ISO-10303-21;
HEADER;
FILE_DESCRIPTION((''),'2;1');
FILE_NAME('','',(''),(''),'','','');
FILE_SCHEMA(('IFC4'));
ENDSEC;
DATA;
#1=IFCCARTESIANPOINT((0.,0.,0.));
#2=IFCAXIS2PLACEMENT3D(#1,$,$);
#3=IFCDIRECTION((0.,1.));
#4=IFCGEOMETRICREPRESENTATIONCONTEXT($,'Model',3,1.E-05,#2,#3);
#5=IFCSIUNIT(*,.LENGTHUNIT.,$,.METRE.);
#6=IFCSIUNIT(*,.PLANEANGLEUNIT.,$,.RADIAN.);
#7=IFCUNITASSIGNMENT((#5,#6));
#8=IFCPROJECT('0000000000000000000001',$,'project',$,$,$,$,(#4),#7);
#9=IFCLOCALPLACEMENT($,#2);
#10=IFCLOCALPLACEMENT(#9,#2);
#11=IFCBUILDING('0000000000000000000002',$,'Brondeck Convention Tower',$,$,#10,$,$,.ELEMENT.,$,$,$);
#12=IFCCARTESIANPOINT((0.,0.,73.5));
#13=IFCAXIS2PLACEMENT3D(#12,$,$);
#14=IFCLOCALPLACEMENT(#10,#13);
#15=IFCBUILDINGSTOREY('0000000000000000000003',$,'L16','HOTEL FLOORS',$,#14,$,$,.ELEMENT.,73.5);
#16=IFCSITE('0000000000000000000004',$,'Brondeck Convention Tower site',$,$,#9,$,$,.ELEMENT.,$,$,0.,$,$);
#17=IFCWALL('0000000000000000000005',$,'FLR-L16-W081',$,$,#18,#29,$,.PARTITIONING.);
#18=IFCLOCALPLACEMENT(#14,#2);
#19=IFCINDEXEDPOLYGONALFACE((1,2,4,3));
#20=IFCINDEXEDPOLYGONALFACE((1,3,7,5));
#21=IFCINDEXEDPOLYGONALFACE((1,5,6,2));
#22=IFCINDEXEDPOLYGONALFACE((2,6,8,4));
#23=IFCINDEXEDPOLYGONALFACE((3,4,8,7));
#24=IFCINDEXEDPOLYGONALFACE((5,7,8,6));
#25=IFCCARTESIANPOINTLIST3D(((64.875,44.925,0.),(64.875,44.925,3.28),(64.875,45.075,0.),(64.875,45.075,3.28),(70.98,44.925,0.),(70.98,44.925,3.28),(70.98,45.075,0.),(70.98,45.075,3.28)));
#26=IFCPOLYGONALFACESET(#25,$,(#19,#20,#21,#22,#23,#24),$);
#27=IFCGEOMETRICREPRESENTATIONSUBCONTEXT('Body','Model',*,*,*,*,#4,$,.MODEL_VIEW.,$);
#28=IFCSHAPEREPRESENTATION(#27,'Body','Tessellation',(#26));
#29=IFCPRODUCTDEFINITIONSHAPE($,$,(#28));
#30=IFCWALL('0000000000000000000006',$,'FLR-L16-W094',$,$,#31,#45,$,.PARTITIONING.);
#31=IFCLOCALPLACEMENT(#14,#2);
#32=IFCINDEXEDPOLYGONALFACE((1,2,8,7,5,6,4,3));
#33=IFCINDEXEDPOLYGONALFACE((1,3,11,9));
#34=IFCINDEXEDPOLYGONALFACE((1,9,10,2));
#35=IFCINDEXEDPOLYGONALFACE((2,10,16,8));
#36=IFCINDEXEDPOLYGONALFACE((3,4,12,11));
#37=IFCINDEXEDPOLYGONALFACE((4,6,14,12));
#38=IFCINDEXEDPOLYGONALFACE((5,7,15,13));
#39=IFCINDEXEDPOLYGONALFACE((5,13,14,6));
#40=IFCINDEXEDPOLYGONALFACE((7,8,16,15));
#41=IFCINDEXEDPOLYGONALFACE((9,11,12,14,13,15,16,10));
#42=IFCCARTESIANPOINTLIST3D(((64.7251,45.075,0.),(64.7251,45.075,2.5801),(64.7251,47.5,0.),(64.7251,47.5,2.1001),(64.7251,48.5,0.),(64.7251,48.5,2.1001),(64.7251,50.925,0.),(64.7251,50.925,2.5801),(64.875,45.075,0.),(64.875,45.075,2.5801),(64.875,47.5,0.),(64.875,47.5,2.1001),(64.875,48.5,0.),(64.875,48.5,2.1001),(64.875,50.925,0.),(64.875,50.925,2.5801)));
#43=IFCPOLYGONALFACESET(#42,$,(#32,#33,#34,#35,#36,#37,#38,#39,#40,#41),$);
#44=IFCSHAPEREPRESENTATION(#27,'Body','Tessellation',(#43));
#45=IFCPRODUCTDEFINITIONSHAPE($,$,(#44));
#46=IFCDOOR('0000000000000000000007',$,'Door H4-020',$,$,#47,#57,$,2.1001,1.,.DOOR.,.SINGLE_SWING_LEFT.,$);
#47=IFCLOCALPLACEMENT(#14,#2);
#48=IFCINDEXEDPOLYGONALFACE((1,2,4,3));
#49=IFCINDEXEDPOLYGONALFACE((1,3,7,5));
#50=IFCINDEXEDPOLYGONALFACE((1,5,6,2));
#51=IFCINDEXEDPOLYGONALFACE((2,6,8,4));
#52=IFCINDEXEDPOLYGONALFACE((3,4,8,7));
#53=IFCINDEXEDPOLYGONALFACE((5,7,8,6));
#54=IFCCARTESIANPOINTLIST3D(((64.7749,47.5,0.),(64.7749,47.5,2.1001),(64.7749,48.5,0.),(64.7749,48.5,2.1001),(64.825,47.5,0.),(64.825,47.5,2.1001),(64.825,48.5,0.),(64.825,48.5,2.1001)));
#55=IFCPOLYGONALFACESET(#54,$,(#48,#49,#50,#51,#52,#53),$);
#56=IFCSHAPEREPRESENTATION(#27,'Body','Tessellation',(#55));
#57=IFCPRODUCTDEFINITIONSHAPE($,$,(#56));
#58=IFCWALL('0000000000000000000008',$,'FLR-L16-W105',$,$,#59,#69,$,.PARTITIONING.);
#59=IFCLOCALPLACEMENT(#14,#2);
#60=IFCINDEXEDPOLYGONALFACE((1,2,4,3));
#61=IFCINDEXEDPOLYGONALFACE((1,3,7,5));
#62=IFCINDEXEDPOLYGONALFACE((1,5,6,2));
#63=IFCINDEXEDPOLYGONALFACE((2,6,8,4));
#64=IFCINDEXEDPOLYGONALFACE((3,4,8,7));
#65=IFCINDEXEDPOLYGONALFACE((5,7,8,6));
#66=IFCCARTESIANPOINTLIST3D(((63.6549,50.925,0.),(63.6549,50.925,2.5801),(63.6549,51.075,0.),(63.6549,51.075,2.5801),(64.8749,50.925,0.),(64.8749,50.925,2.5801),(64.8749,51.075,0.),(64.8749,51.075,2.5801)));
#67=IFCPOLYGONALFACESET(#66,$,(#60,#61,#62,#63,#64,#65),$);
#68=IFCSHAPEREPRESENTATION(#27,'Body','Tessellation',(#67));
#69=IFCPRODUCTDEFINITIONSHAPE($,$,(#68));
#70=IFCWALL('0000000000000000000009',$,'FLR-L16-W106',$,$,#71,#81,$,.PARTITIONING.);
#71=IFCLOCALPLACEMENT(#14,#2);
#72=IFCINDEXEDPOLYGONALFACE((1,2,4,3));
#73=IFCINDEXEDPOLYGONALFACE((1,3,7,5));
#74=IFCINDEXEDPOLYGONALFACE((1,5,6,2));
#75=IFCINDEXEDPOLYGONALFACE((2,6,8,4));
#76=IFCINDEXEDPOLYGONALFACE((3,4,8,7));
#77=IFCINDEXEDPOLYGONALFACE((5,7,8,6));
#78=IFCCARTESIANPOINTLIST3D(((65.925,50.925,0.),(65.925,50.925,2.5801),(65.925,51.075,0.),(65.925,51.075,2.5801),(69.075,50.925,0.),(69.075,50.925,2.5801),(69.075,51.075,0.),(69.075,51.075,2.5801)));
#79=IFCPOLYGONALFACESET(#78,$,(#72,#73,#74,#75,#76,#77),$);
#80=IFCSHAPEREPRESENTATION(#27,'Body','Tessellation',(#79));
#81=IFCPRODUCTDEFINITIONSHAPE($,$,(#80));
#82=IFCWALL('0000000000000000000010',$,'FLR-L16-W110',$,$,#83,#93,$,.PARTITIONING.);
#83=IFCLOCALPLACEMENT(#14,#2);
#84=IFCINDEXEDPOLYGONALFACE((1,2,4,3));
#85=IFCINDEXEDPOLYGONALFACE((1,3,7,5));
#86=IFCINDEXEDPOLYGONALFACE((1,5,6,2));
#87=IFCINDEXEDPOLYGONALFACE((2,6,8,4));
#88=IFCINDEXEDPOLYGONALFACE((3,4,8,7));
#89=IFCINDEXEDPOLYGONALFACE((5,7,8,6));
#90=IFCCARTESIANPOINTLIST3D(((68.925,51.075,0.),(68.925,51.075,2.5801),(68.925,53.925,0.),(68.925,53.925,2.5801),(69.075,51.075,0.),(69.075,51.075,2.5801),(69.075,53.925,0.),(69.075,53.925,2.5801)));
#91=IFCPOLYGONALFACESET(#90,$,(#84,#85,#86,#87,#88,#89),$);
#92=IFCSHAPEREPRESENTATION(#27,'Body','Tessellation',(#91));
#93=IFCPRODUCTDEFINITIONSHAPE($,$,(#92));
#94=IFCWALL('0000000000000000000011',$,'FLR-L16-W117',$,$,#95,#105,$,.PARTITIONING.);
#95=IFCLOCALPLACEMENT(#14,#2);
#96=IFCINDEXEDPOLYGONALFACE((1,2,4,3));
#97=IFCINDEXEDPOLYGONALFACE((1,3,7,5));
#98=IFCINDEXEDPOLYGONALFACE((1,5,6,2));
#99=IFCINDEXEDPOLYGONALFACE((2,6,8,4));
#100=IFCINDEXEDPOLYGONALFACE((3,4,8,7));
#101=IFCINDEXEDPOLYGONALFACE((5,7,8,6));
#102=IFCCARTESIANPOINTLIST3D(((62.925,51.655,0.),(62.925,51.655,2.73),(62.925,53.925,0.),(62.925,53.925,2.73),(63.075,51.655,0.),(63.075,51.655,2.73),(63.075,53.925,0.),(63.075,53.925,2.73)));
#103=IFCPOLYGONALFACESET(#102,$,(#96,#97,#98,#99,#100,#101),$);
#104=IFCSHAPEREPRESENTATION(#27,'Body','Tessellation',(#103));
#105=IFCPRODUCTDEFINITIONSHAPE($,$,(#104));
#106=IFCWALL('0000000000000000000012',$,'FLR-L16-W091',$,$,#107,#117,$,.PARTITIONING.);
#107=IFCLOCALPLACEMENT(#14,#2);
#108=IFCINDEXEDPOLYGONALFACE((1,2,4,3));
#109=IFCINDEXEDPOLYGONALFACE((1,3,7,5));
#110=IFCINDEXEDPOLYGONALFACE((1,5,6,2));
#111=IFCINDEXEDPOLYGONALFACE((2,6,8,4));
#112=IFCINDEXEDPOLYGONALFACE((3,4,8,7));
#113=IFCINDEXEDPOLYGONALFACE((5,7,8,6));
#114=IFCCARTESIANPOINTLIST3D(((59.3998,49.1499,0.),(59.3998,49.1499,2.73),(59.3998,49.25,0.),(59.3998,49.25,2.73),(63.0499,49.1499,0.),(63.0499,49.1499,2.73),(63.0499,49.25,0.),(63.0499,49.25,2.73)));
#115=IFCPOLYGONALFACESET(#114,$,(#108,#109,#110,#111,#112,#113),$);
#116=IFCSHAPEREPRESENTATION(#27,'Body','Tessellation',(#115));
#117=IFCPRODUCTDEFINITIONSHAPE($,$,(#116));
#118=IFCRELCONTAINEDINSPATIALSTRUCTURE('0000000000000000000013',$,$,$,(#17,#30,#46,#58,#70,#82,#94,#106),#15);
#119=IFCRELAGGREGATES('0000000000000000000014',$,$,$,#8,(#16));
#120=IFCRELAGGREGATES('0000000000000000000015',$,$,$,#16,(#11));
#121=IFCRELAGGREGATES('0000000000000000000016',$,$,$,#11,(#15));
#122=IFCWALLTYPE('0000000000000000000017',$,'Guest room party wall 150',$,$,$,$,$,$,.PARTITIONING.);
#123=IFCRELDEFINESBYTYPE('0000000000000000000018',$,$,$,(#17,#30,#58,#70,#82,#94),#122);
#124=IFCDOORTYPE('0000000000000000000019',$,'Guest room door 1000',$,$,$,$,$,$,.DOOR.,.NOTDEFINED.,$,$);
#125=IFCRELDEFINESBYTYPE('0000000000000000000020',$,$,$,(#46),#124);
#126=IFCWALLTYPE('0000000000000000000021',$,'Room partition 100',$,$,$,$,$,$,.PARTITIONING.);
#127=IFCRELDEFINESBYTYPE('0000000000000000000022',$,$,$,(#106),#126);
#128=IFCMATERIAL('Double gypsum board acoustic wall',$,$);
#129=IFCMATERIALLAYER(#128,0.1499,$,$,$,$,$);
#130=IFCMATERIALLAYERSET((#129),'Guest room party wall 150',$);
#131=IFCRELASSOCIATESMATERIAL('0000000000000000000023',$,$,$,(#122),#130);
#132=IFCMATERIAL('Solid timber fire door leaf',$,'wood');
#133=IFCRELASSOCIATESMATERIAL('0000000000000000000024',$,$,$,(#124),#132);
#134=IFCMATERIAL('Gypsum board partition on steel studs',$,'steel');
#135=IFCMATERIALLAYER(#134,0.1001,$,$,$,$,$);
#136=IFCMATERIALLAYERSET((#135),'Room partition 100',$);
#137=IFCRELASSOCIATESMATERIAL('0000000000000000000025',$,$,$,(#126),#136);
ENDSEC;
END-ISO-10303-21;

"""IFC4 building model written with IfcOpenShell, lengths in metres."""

from ifc_helpers import new_model, si_unit, direction, frame, frame_2d, origin, place, context, subcontext, project, spatial, rectangle, extrude, material, layer, layer_set, type_object, element, fill, save


model = new_model("IFC4")

# Units and contexts
model_context = context("Model", 3, precision=1e-05, world=origin(), true_north=direction((0.0, 1.0)))
body_context = subcontext(model_context, "Body", "Model", "MODEL_VIEW")
ifc_project = project(units=[si_unit("LENGTHUNIT", "METRE"), si_unit("PLANEANGLEUNIT", "RADIAN")], contexts=[model_context])

# Site, building, storey
site_placement = place(None, origin())
site = spatial("IfcSite", under=ifc_project, at=site_placement, Name="Brondeck Convention Tower site", CompositionType="ELEMENT", RefElevation=0.0)
building_placement = place(site_placement, origin())
building = spatial("IfcBuilding", under=site, at=building_placement, Name="Brondeck Convention Tower", CompositionType="ELEMENT")
storey_placement = place(building_placement, frame((0.0, 0.0, 73.5)))
storey = spatial("IfcBuildingStorey", under=building, at=storey_placement, Name="L16", Description="HOTEL FLOORS", CompositionType="ELEMENT", Elevation=73.5)

# Shared definitions
ifc_material_1 = material(Name="Double gypsum board acoustic wall")
ifc_layer_1 = layer(ifc_material_1, 0.1499)
ifc_layer_set_1 = layer_set([ifc_layer_1], Name="Guest room party wall 150")
wall_type_1 = type_object("IfcWallType", Name="Guest room party wall 150", PredefinedType="PARTITIONING", material=ifc_layer_set_1)

# Wall
wall_1_placement = place(storey_placement, frame((70.98, 45.0, 0.0), z_axis=(0.0, 0.0, 1.0), x_axis=(-1.0, 0.0, 0.0)))
element("IfcWall", 1, at=wall_1_placement, inside=storey, type_object=wall_type_1, Name="FLR-L16-W081", PredefinedType="PARTITIONING", context=body_context, shape_type="SweptSolid", body=[
    extrude(rectangle(XDim=6.105, YDim=0.1499, at=frame_2d((3.0525, 0.0))), origin(), (0.0, 0.0, 1.0), 3.28),
])

# Wall, opening, door
wall_2_placement = place(storey_placement, frame((64.8, 50.925, 0.0), z_axis=(0.0, 0.0, 1.0), x_axis=(0.0, -1.0, 0.0)))
wall_2 = element("IfcWall", 2, at=wall_2_placement, inside=storey, type_object=wall_type_1, Name="FLR-L16-W094", PredefinedType="PARTITIONING", context=body_context, shape_type="SweptSolid", body=[
    extrude(rectangle(XDim=5.8501, YDim=0.1499, at=frame_2d((2.925, 0.0))), origin(), (0.0, 0.0, 1.0), 2.5801),
])
opening_1_placement = place(wall_2_placement, frame((2.425, 0.0, 0.0)))
opening_1 = element("IfcOpeningElement", 3, at=opening_1_placement, cuts=wall_2, PredefinedType="OPENING", context=body_context, shape_type="SweptSolid", body=[
    extrude(rectangle(XDim=1.0, YDim=2.1001, at=frame_2d((0.5, 1.05))), frame((0.0, 0.085, 0.0), z_axis=(0.0, -1.0, 0.0), x_axis=(1.0, 0.0, 0.0)), (0.0, 0.0, 1.0), 0.1699),
])
ifc_material_2 = material(Name="Solid timber fire door leaf", Category="wood")
door_type_1 = type_object("IfcDoorType", Name="Guest room door 1000", OperationType="NOTDEFINED", PredefinedType="DOOR", material=ifc_material_2)
door_1_placement = place(opening_1_placement, origin())
door_1 = element("IfcDoor", 4, at=door_1_placement, inside=storey, type_object=door_type_1, Name="Door H4-020", OperationType="SINGLE_SWING_LEFT", OverallHeight=2.1001, OverallWidth=1.0, PredefinedType="DOOR", context=body_context, shape_type="SweptSolid", body=[
    extrude(rectangle(XDim=1.0, YDim=2.1001, at=frame_2d((0.5, 1.05))), frame((0.0, 0.0249, 0.0), z_axis=(0.0, -1.0, 0.0), x_axis=(1.0, 0.0, 0.0)), (0.0, 0.0, 1.0), 0.05),
])
fill(opening_1, door_1)

# Walls
wall_3_placement = place(storey_placement, frame((63.655, 51.0, 0.0), z_axis=(0.0, 0.0, 1.0), x_axis=(1.0, 0.0, 0.0)))
element("IfcWall", 5, at=wall_3_placement, inside=storey, type_object=wall_type_1, Name="FLR-L16-W105", PredefinedType="PARTITIONING", context=body_context, shape_type="SweptSolid", body=[
    extrude(rectangle(XDim=1.22, YDim=0.1499, at=frame_2d((0.6099, 0.0))), origin(), (0.0, 0.0, 1.0), 2.5801),
])
wall_4_placement = place(storey_placement, frame((65.925, 51.0, 0.0), z_axis=(0.0, 0.0, 1.0), x_axis=(1.0, 0.0, 0.0)))
element("IfcWall", 6, at=wall_4_placement, inside=storey, type_object=wall_type_1, Name="FLR-L16-W106", PredefinedType="PARTITIONING", context=body_context, shape_type="SweptSolid", body=[
    extrude(rectangle(XDim=3.1499, YDim=0.1499, at=frame_2d((1.575, 0.0))), origin(), (0.0, 0.0, 1.0), 2.5801),
])
wall_5_placement = place(storey_placement, frame((69.0, 51.075, 0.0), z_axis=(0.0, 0.0, 1.0), x_axis=(0.0, 1.0, 0.0)))
element("IfcWall", 7, at=wall_5_placement, inside=storey, type_object=wall_type_1, Name="FLR-L16-W110", PredefinedType="PARTITIONING", context=body_context, shape_type="SweptSolid", body=[
    extrude(rectangle(XDim=2.8501, YDim=0.1499, at=frame_2d((1.425, 0.0))), origin(), (0.0, 0.0, 1.0), 2.5801),
])
wall_6_placement = place(storey_placement, frame((63.0, 53.925, 0.0), z_axis=(0.0, 0.0, 1.0), x_axis=(0.0, -1.0, 0.0)))
element("IfcWall", 8, at=wall_6_placement, inside=storey, type_object=wall_type_1, Name="FLR-L16-W117", PredefinedType="PARTITIONING", context=body_context, shape_type="SweptSolid", body=[
    extrude(rectangle(XDim=2.27, YDim=0.1499, at=frame_2d((1.135, 0.0))), origin(), (0.0, 0.0, 1.0), 2.73),
])
ifc_material_3 = material(Name="Gypsum board partition on steel studs", Category="steel")
ifc_layer_2 = layer(ifc_material_3, 0.1001)
ifc_layer_set_2 = layer_set([ifc_layer_2], Name="Room partition 100")
wall_type_2 = type_object("IfcWallType", Name="Room partition 100", PredefinedType="PARTITIONING", material=ifc_layer_set_2)
wall_7_placement = place(storey_placement, frame((63.05, 49.2, 0.0), z_axis=(0.0, 0.0, 1.0), x_axis=(-1.0, 0.0, 0.0)))
element("IfcWall", 9, at=wall_7_placement, inside=storey, type_object=wall_type_2, Name="FLR-L16-W091", PredefinedType="PARTITIONING", context=body_context, shape_type="SweptSolid", body=[
    extrude(rectangle(XDim=3.6501, YDim=0.1001, at=frame_2d((1.8252, 0.0))), origin(), (0.0, 0.0, 1.0), 2.73),
])

save(model, "model.ifc")
